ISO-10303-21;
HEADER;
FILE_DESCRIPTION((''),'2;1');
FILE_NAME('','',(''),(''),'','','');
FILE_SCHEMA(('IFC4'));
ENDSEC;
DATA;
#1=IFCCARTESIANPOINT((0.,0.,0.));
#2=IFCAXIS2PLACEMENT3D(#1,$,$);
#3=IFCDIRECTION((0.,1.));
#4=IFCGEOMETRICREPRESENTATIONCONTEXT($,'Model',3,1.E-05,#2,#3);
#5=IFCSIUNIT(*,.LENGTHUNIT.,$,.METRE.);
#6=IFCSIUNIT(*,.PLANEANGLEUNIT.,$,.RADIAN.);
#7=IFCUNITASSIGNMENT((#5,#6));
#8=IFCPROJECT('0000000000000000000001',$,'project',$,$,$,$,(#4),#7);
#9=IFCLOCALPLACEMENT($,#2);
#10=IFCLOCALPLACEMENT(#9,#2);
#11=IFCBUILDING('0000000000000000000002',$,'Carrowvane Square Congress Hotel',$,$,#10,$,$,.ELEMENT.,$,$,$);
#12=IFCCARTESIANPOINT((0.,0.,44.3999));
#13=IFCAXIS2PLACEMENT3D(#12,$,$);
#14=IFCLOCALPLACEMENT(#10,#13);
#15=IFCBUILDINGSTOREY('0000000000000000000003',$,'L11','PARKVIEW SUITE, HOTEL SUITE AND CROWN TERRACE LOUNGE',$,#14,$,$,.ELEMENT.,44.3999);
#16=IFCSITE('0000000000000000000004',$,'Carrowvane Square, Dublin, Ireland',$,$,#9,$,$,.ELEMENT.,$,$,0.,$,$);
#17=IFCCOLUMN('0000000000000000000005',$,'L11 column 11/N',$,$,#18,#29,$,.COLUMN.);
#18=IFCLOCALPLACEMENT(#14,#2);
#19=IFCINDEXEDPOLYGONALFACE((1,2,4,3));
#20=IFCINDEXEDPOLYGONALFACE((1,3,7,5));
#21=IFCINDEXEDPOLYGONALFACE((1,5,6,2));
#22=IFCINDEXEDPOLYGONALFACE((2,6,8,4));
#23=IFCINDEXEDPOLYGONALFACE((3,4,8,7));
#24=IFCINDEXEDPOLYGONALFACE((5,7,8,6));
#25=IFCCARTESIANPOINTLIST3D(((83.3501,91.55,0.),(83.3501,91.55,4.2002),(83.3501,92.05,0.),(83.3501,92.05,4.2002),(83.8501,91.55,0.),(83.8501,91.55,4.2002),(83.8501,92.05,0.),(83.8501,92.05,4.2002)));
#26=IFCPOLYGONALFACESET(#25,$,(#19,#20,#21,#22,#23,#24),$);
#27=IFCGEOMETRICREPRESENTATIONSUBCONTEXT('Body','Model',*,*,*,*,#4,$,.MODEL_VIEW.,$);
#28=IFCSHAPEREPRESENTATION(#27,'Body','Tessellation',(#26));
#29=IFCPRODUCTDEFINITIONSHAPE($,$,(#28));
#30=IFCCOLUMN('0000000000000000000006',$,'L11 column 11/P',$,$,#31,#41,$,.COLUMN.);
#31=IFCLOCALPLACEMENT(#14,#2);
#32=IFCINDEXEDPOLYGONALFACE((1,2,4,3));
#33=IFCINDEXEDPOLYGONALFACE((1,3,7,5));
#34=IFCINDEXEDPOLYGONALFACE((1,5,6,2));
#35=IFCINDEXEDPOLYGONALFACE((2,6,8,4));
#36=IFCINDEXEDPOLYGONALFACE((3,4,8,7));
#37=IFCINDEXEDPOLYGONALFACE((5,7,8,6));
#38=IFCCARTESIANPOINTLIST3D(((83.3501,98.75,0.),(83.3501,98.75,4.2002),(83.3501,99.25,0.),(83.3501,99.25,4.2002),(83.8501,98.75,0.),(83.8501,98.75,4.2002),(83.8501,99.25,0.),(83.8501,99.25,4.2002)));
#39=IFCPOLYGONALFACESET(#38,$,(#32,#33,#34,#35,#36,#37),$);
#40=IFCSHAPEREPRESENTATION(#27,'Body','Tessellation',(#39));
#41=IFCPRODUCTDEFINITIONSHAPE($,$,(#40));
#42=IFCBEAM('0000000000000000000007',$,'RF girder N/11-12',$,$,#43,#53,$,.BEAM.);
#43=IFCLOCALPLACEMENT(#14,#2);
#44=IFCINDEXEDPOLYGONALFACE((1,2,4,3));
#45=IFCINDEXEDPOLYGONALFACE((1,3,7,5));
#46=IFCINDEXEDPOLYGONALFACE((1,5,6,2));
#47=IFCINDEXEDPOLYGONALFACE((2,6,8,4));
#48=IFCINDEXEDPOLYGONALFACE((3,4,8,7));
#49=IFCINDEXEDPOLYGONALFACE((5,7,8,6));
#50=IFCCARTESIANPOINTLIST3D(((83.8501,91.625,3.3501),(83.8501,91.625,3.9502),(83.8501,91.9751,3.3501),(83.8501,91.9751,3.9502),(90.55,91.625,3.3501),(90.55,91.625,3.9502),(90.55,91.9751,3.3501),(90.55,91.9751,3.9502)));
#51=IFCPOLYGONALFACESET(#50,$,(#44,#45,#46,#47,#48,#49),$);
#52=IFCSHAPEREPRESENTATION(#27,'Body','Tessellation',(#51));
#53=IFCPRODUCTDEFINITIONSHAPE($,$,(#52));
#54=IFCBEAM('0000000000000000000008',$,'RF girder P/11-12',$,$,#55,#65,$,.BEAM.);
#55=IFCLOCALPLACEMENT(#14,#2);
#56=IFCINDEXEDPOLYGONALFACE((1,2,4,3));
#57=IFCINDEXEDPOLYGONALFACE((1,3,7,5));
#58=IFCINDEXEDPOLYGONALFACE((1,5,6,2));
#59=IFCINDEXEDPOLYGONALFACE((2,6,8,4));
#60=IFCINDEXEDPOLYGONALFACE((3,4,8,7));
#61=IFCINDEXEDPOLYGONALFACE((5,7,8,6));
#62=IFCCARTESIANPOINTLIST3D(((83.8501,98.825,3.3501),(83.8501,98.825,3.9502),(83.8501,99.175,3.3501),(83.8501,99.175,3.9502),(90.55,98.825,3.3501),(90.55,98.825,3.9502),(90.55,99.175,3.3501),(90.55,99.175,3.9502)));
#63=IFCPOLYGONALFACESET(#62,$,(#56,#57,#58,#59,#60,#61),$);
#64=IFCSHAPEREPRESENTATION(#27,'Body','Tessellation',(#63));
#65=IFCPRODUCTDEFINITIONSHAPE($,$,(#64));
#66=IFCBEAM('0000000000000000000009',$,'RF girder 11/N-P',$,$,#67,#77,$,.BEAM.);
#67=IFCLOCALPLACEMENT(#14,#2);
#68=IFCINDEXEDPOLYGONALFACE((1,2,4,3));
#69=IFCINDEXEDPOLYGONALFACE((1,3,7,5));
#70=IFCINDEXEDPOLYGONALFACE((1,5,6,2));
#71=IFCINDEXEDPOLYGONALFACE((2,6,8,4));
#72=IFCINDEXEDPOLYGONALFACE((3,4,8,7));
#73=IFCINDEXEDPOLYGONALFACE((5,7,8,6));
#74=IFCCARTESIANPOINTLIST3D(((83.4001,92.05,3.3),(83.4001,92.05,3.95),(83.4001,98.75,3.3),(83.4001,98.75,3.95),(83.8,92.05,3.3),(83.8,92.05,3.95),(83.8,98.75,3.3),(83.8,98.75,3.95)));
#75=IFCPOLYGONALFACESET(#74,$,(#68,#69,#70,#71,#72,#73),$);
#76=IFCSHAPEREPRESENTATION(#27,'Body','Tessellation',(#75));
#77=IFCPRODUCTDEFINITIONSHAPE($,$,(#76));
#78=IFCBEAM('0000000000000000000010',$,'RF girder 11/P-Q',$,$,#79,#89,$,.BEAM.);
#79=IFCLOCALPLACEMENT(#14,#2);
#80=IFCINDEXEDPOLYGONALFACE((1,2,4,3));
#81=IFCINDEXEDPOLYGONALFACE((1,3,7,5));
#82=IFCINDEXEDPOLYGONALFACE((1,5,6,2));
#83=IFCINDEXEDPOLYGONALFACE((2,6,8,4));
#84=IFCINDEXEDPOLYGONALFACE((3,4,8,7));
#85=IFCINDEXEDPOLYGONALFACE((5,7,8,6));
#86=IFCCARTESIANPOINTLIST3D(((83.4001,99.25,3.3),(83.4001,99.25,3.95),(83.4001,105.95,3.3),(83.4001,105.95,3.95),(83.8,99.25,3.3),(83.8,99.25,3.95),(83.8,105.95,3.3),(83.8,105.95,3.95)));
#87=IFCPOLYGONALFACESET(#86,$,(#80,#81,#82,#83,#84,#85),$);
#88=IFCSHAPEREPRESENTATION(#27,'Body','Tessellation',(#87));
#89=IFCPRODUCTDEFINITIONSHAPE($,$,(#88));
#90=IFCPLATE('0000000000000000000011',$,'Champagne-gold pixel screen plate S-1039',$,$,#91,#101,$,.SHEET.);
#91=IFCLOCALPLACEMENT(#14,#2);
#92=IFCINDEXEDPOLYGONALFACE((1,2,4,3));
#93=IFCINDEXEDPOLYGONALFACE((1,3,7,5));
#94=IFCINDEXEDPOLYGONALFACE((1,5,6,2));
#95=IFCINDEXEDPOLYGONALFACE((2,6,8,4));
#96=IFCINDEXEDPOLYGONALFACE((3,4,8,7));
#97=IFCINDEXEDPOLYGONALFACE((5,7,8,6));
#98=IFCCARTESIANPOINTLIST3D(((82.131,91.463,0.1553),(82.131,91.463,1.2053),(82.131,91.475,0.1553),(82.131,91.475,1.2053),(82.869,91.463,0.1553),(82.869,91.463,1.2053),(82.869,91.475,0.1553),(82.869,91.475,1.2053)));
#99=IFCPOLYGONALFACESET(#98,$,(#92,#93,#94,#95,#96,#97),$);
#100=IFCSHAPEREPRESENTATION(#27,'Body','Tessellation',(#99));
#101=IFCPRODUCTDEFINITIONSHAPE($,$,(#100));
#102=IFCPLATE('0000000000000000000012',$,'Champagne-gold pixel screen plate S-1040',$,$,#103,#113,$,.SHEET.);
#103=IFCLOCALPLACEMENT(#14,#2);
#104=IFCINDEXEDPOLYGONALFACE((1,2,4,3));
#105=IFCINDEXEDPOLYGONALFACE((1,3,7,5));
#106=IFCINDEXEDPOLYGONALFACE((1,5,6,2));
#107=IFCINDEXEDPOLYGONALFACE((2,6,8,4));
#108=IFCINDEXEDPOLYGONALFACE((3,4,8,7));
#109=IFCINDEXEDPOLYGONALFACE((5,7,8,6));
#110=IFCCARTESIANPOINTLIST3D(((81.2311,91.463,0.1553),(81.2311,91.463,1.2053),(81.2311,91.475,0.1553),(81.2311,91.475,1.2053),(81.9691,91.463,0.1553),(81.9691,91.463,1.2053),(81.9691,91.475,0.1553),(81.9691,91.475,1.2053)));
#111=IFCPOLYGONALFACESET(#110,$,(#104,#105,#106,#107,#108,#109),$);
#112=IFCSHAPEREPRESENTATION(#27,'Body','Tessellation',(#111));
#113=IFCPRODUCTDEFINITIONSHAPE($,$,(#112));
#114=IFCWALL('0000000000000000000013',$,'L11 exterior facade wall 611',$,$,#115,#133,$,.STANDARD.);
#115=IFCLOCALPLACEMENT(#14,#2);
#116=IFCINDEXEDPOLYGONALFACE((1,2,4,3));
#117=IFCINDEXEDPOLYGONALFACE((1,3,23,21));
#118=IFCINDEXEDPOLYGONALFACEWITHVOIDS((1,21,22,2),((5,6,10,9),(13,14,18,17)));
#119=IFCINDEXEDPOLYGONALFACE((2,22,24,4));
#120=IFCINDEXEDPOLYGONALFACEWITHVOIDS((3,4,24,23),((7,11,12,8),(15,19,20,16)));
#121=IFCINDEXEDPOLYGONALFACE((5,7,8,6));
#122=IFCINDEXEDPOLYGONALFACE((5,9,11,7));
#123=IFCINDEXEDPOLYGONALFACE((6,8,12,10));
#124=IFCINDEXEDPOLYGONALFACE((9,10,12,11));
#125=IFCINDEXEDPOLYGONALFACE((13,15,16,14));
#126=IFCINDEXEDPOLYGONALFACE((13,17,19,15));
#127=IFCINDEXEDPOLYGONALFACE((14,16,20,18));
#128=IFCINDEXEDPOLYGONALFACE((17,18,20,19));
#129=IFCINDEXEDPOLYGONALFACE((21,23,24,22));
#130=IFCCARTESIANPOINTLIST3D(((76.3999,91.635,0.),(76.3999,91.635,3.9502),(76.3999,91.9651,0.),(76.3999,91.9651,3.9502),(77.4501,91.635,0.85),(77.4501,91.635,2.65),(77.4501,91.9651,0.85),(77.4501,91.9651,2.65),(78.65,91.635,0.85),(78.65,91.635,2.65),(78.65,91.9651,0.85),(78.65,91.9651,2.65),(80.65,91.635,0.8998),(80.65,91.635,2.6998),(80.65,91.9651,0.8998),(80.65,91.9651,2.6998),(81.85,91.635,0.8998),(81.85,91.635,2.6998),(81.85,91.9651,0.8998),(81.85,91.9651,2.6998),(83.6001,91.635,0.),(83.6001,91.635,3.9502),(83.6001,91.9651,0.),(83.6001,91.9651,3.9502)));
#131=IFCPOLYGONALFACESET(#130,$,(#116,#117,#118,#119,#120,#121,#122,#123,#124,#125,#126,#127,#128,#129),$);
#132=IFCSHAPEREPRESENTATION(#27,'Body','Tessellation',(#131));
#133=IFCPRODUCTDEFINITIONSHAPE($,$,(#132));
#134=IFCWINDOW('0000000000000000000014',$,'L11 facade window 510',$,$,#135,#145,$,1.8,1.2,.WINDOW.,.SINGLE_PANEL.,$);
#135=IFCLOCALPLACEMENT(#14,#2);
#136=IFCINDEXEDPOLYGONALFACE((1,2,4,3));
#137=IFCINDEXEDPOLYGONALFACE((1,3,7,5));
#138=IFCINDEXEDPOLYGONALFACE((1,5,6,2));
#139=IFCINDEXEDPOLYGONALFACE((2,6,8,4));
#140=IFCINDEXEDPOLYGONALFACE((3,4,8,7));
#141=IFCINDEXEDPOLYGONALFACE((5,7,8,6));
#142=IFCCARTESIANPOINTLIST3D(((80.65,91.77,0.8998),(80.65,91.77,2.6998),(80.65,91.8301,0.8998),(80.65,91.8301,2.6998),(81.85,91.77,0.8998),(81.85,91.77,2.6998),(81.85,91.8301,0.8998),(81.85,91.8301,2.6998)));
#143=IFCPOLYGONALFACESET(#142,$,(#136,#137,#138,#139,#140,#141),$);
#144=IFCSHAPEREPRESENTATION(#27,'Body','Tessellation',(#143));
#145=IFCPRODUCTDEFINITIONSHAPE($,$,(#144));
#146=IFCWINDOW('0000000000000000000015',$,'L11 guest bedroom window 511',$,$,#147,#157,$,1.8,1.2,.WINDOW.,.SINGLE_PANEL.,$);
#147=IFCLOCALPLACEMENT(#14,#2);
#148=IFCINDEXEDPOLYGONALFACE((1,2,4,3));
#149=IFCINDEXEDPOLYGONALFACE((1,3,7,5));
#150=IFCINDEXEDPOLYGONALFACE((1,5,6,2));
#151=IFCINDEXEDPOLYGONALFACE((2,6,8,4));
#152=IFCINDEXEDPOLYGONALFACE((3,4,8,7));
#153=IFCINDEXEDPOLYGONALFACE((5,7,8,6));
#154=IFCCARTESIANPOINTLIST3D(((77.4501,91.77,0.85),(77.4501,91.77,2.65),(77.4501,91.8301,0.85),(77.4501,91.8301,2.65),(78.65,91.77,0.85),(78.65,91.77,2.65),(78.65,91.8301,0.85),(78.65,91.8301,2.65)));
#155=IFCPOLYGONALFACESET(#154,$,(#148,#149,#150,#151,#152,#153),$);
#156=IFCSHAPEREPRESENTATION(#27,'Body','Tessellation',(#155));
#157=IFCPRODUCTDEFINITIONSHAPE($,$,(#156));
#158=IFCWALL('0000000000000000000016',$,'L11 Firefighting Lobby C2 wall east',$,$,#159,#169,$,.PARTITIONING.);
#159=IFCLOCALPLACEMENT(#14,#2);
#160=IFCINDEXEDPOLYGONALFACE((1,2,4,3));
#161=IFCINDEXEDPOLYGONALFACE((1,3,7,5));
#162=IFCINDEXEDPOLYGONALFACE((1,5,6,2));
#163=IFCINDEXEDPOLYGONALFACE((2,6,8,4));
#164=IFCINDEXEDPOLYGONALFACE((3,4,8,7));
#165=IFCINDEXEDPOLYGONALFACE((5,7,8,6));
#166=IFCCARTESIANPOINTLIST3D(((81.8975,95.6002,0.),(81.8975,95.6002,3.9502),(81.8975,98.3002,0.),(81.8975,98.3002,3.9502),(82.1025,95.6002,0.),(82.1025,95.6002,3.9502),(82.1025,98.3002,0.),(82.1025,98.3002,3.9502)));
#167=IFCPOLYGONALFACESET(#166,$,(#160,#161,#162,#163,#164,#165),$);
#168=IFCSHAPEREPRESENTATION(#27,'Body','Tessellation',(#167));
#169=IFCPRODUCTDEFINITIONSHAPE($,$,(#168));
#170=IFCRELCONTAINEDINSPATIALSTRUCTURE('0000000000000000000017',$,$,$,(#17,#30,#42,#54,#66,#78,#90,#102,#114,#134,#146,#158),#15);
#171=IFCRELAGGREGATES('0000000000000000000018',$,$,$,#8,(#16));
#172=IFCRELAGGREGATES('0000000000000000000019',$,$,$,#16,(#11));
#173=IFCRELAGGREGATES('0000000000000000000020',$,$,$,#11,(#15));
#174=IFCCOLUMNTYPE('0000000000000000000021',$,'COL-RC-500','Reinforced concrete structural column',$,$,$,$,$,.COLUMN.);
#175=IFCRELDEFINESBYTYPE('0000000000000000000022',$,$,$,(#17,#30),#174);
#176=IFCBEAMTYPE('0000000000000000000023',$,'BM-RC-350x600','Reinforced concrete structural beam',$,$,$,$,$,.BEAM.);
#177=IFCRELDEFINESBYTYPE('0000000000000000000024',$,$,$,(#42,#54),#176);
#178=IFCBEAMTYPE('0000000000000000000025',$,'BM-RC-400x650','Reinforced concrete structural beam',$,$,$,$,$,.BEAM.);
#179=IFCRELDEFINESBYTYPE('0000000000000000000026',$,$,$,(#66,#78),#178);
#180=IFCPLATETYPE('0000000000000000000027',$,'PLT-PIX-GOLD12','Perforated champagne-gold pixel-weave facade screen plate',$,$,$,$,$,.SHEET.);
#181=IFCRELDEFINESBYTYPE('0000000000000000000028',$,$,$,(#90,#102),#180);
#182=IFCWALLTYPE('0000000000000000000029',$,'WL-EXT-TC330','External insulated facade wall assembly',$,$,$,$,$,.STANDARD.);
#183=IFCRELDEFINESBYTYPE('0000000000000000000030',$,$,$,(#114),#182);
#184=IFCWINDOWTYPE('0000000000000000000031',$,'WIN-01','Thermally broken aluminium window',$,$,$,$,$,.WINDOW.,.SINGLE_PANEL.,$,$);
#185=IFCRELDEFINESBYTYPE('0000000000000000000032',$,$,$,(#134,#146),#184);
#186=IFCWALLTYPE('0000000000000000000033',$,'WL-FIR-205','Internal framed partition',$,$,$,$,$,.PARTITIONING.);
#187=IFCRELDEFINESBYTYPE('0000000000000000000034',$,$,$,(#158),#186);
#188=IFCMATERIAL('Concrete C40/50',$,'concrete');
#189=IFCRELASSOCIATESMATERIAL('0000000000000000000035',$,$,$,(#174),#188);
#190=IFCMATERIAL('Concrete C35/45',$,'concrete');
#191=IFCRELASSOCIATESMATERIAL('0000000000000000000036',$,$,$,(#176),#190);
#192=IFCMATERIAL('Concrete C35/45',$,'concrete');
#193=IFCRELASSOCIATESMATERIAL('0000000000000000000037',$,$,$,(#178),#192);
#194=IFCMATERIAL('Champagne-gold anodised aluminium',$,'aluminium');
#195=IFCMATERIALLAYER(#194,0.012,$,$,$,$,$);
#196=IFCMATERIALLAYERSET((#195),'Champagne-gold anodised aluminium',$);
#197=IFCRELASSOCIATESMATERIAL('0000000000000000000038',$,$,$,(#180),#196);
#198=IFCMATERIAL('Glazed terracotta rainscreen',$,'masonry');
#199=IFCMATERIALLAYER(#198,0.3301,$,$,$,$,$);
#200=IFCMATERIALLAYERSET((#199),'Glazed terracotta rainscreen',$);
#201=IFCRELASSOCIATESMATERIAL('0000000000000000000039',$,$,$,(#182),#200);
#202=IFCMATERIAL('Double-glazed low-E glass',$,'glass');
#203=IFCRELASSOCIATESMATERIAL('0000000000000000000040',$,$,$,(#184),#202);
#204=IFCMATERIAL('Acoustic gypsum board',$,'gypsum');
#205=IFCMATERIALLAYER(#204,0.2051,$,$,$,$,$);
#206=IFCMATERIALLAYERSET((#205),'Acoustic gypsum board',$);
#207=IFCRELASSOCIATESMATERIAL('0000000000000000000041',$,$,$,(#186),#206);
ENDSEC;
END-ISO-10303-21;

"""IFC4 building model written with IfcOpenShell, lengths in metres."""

from ifc_helpers import new_model, si_unit, direction, frame, frame_2d, origin, origin_2d, place, context, subcontext, project, spatial, rectangle, extrude, material, layer, layer_set, material_profile, profile_set, type_object, element, fill, save


model = new_model("IFC4")

# Units and contexts
model_context = context("Model", 3, precision=1e-05, world=origin(), true_north=direction((0.0, 1.0)))
body_context = subcontext(model_context, "Body", "Model", "MODEL_VIEW")
ifc_project = project(units=[si_unit("LENGTHUNIT", "METRE"), si_unit("PLANEANGLEUNIT", "RADIAN")], contexts=[model_context])

# Site, building, storey
site_placement = place(None, origin())
site = spatial("IfcSite", under=ifc_project, at=site_placement, Name="Carrowvane Square, Dublin, Ireland", CompositionType="ELEMENT", RefElevation=0.0)
building_placement = place(site_placement, origin())
building = spatial("IfcBuilding", under=site, at=building_placement, Name="Carrowvane Square Congress Hotel", CompositionType="ELEMENT")
storey_placement = place(building_placement, frame((0.0, 0.0, 44.3999)))
storey = spatial("IfcBuildingStorey", under=building, at=storey_placement, Name="L11", Description="PARKVIEW SUITE, HOTEL SUITE AND CROWN TERRACE LOUNGE", CompositionType="ELEMENT", Elevation=44.3999)

# Columns
ifc_material_1 = material(Name="Concrete C40/50", Category="concrete")
ifc_material_profile_1 = material_profile(ifc_material_1, rectangle(XDim=0.5, YDim=0.5, at=origin_2d()), Name="RC 500x500")
ifc_profile_set_1 = profile_set([ifc_material_profile_1], Name="Concrete C40/50")
column_type = type_object("IfcColumnType", Name="COL-RC-500", Description="Reinforced concrete structural column", PredefinedType="COLUMN", material=ifc_profile_set_1)
for number, where, z_axis, x_axis, name in (
    (1, (83.6001, 91.8, 0.0), (0.0, 0.0, 1.0), (1.0, 0.0, 0.0), "L11 column 11/N"),
    (2, (83.6001, 99.0, 0.0), (0.0, 0.0, 1.0), (1.0, 0.0, 0.0), "L11 column 11/P"),
):
    element("IfcColumn", number, at=place(storey_placement, frame(where, z_axis=z_axis, x_axis=x_axis)), inside=storey, type_object=column_type, Name=name, PredefinedType="COLUMN", context=body_context, shape_type="SweptSolid", body=[
        extrude(rectangle(XDim=0.5, YDim=0.5, at=origin_2d()), origin(), (0.0, 0.0, 1.0), 4.2002),
    ])

# Beams
ifc_material_2 = material(Name="Concrete C35/45", Category="concrete")
ifc_material_profile_2 = material_profile(ifc_material_2, rectangle(XDim=0.3501, YDim=0.6001, at=origin_2d()), Name="RC 350x600")
ifc_profile_set_2 = profile_set([ifc_material_profile_2], Name="Concrete C35/45")
beam_type_1 = type_object("IfcBeamType", Name="BM-RC-350x600", Description="Reinforced concrete structural beam", PredefinedType="BEAM", material=ifc_profile_set_2)
for number, where, z_axis, x_axis, name in (
    (3, (83.8501, 91.8, 3.6501), (1.0, 0.0, 0.0), (0.0, 1.0, 0.0), "RF girder N/11-12"),
    (4, (83.8501, 99.0, 3.6501), (1.0, 0.0, 0.0), (0.0, 1.0, 0.0), "RF girder P/11-12"),
):
    element("IfcBeam", number, at=place(storey_placement, frame(where, z_axis=z_axis, x_axis=x_axis)), inside=storey, type_object=beam_type_1, Name=name, PredefinedType="BEAM", context=body_context, shape_type="SweptSolid", body=[
        extrude(rectangle(XDim=0.3501, YDim=0.6001, at=origin_2d()), origin(), (0.0, 0.0, 1.0), 6.7),
    ])
ifc_material_3 = material(Name="Concrete C35/45", Category="concrete")
ifc_material_profile_3 = material_profile(ifc_material_3, rectangle(XDim=0.3999, YDim=0.6499, at=origin_2d()), Name="RC 400x650")
ifc_profile_set_3 = profile_set([ifc_material_profile_3], Name="Concrete C35/45")
beam_type_2 = type_object("IfcBeamType", Name="BM-RC-400x650", Description="Reinforced concrete structural beam", PredefinedType="BEAM", material=ifc_profile_set_3)
for number, where, z_axis, x_axis, name in (
    (5, (83.6001, 92.05, 3.625), (0.0, 1.0, 0.0), (-1.0, 0.0, 0.0), "RF girder 11/N-P"),
    (6, (83.6001, 99.25, 3.625), (0.0, 1.0, 0.0), (-1.0, 0.0, 0.0), "RF girder 11/P-Q"),
):
    element("IfcBeam", number, at=place(storey_placement, frame(where, z_axis=z_axis, x_axis=x_axis)), inside=storey, type_object=beam_type_2, Name=name, PredefinedType="BEAM", context=body_context, shape_type="SweptSolid", body=[
        extrude(rectangle(XDim=0.3999, YDim=0.6499, at=origin_2d()), origin(), (0.0, 0.0, 1.0), 6.7),
    ])

# Plates
ifc_material_4 = material(Name="Champagne-gold anodised aluminium", Category="aluminium")
ifc_layer_1 = layer(ifc_material_4, 0.012)
ifc_layer_set_1 = layer_set([ifc_layer_1], Name="Champagne-gold anodised aluminium")
plate_type = type_object("IfcPlateType", Name="PLT-PIX-GOLD12", Description="Perforated champagne-gold pixel-weave facade screen plate", PredefinedType="SHEET", material=ifc_layer_set_1)
for number, where, z_axis, x_axis, name in (
    (7, (82.5, 91.469, 0.1553), (0.0, 0.0, 1.0), (-1.0, 0.0, 0.0), "Champagne-gold pixel screen plate S-1039"),
    (8, (81.6001, 91.469, 0.1553), (0.0, 0.0, 1.0), (-1.0, 0.0, 0.0), "Champagne-gold pixel screen plate S-1040"),
):
    element("IfcPlate", number, at=place(storey_placement, frame(where, z_axis=z_axis, x_axis=x_axis)), inside=storey, type_object=plate_type, Name=name, PredefinedType="SHEET", context=body_context, shape_type="SweptSolid", body=[
        extrude(rectangle(XDim=0.738, YDim=0.012, at=origin_2d()), origin(), (0.0, 0.0, 1.0), 1.05),
    ])

# Wall, openings, windows
ifc_material_5 = material(Name="Glazed terracotta rainscreen", Category="masonry")
ifc_layer_2 = layer(ifc_material_5, 0.3301)
ifc_layer_set_2 = layer_set([ifc_layer_2], Name="Glazed terracotta rainscreen")
wall_type_1 = type_object("IfcWallType", Name="WL-EXT-TC330", Description="External insulated facade wall assembly", PredefinedType="STANDARD", material=ifc_layer_set_2)
wall_1_placement = place(storey_placement, frame((83.6001, 91.8, 0.0), z_axis=(0.0, 0.0, 1.0), x_axis=(-1.0, 0.0, 0.0)))
wall_1 = element("IfcWall", 9, at=wall_1_placement, inside=storey, type_object=wall_type_1, Name="L11 exterior facade wall 611", PredefinedType="STANDARD", context=body_context, shape_type="SweptSolid", body=[
    extrude(rectangle(XDim=7.2002, YDim=0.3301, at=frame_2d((3.6001, 0.0))), origin(), (0.0, 0.0, 1.0), 3.9502),
])
opening_1_placement = place(wall_1_placement, frame((1.75, 0.0, 0.8999)))
opening_1 = element("IfcOpeningElement", 10, at=opening_1_placement, cuts=wall_1, PredefinedType="OPENING", context=body_context, shape_type="SweptSolid", body=[
    extrude(rectangle(XDim=1.2, YDim=1.8, at=frame_2d((0.6001, 0.8999))), frame((0.0, 0.175, 0.0), z_axis=(0.0, -1.0, 0.0), x_axis=(1.0, 0.0, 0.0)), (0.0, 0.0, 1.0), 0.3501),
])
opening_2_placement = place(wall_1_placement, frame((4.95, 0.0, 0.8501)))
opening_2 = element("IfcOpeningElement", 11, at=opening_2_placement, cuts=wall_1, PredefinedType="OPENING", context=body_context, shape_type="SweptSolid", body=[
    extrude(rectangle(XDim=1.2, YDim=1.8, at=frame_2d((0.6001, 0.8999))), frame((0.0, 0.175, 0.0), z_axis=(0.0, -1.0, 0.0), x_axis=(1.0, 0.0, 0.0)), (0.0, 0.0, 1.0), 0.3501),
])
ifc_material_6 = material(Name="Double-glazed low-E glass", Category="glass")
window_type = type_object("IfcWindowType", Name="WIN-01", Description="Thermally broken aluminium window", PartitioningType="SINGLE_PANEL", PredefinedType="WINDOW", material=ifc_material_6)
window_1_placement = place(opening_1_placement, origin())
window_1 = element("IfcWindow", 12, at=window_1_placement, inside=storey, type_object=window_type, Name="L11 facade window 510", OverallHeight=1.8, OverallWidth=1.2, PartitioningType="SINGLE_PANEL", PredefinedType="WINDOW", context=body_context, shape_type="SweptSolid", body=[
    extrude(rectangle(XDim=1.2, YDim=1.8, at=frame_2d((0.6001, 0.8999))), frame((0.0, 0.03, 0.0), z_axis=(0.0, -1.0, 0.0), x_axis=(1.0, 0.0, 0.0)), (0.0, 0.0, 1.0), 0.0601),
])
fill(opening_1, window_1)
window_2_placement = place(opening_2_placement, origin())
window_2 = element("IfcWindow", 13, at=window_2_placement, inside=storey, type_object=window_type, Name="L11 guest bedroom window 511", OverallHeight=1.8, OverallWidth=1.2, PartitioningType="SINGLE_PANEL", PredefinedType="WINDOW", context=body_context, shape_type="SweptSolid", body=[
    extrude(rectangle(XDim=1.2, YDim=1.8, at=frame_2d((0.6001, 0.8999))), frame((0.0, 0.03, 0.0), z_axis=(0.0, -1.0, 0.0), x_axis=(1.0, 0.0, 0.0)), (0.0, 0.0, 1.0), 0.0601),
])
fill(opening_2, window_2)

# Wall
ifc_material_7 = material(Name="Acoustic gypsum board", Category="gypsum")
ifc_layer_3 = layer(ifc_material_7, 0.2051)
ifc_layer_set_3 = layer_set([ifc_layer_3], Name="Acoustic gypsum board")
wall_type_2 = type_object("IfcWallType", Name="WL-FIR-205", Description="Internal framed partition", PredefinedType="PARTITIONING", material=ifc_layer_set_3)
wall_2_placement = place(storey_placement, frame((82.0, 95.6001, 0.0), z_axis=(0.0, 0.0, 1.0), x_axis=(0.0, 1.0, 0.0)))
element("IfcWall", 14, at=wall_2_placement, inside=storey, type_object=wall_type_2, Name="L11 Firefighting Lobby C2 wall east", PredefinedType="PARTITIONING", context=body_context, shape_type="SweptSolid", body=[
    extrude(rectangle(XDim=2.7, YDim=0.2051, at=frame_2d((1.3501, 0.0))), origin(), (0.0, 0.0, 1.0), 3.9502),
])

save(model, "model.ifc")
